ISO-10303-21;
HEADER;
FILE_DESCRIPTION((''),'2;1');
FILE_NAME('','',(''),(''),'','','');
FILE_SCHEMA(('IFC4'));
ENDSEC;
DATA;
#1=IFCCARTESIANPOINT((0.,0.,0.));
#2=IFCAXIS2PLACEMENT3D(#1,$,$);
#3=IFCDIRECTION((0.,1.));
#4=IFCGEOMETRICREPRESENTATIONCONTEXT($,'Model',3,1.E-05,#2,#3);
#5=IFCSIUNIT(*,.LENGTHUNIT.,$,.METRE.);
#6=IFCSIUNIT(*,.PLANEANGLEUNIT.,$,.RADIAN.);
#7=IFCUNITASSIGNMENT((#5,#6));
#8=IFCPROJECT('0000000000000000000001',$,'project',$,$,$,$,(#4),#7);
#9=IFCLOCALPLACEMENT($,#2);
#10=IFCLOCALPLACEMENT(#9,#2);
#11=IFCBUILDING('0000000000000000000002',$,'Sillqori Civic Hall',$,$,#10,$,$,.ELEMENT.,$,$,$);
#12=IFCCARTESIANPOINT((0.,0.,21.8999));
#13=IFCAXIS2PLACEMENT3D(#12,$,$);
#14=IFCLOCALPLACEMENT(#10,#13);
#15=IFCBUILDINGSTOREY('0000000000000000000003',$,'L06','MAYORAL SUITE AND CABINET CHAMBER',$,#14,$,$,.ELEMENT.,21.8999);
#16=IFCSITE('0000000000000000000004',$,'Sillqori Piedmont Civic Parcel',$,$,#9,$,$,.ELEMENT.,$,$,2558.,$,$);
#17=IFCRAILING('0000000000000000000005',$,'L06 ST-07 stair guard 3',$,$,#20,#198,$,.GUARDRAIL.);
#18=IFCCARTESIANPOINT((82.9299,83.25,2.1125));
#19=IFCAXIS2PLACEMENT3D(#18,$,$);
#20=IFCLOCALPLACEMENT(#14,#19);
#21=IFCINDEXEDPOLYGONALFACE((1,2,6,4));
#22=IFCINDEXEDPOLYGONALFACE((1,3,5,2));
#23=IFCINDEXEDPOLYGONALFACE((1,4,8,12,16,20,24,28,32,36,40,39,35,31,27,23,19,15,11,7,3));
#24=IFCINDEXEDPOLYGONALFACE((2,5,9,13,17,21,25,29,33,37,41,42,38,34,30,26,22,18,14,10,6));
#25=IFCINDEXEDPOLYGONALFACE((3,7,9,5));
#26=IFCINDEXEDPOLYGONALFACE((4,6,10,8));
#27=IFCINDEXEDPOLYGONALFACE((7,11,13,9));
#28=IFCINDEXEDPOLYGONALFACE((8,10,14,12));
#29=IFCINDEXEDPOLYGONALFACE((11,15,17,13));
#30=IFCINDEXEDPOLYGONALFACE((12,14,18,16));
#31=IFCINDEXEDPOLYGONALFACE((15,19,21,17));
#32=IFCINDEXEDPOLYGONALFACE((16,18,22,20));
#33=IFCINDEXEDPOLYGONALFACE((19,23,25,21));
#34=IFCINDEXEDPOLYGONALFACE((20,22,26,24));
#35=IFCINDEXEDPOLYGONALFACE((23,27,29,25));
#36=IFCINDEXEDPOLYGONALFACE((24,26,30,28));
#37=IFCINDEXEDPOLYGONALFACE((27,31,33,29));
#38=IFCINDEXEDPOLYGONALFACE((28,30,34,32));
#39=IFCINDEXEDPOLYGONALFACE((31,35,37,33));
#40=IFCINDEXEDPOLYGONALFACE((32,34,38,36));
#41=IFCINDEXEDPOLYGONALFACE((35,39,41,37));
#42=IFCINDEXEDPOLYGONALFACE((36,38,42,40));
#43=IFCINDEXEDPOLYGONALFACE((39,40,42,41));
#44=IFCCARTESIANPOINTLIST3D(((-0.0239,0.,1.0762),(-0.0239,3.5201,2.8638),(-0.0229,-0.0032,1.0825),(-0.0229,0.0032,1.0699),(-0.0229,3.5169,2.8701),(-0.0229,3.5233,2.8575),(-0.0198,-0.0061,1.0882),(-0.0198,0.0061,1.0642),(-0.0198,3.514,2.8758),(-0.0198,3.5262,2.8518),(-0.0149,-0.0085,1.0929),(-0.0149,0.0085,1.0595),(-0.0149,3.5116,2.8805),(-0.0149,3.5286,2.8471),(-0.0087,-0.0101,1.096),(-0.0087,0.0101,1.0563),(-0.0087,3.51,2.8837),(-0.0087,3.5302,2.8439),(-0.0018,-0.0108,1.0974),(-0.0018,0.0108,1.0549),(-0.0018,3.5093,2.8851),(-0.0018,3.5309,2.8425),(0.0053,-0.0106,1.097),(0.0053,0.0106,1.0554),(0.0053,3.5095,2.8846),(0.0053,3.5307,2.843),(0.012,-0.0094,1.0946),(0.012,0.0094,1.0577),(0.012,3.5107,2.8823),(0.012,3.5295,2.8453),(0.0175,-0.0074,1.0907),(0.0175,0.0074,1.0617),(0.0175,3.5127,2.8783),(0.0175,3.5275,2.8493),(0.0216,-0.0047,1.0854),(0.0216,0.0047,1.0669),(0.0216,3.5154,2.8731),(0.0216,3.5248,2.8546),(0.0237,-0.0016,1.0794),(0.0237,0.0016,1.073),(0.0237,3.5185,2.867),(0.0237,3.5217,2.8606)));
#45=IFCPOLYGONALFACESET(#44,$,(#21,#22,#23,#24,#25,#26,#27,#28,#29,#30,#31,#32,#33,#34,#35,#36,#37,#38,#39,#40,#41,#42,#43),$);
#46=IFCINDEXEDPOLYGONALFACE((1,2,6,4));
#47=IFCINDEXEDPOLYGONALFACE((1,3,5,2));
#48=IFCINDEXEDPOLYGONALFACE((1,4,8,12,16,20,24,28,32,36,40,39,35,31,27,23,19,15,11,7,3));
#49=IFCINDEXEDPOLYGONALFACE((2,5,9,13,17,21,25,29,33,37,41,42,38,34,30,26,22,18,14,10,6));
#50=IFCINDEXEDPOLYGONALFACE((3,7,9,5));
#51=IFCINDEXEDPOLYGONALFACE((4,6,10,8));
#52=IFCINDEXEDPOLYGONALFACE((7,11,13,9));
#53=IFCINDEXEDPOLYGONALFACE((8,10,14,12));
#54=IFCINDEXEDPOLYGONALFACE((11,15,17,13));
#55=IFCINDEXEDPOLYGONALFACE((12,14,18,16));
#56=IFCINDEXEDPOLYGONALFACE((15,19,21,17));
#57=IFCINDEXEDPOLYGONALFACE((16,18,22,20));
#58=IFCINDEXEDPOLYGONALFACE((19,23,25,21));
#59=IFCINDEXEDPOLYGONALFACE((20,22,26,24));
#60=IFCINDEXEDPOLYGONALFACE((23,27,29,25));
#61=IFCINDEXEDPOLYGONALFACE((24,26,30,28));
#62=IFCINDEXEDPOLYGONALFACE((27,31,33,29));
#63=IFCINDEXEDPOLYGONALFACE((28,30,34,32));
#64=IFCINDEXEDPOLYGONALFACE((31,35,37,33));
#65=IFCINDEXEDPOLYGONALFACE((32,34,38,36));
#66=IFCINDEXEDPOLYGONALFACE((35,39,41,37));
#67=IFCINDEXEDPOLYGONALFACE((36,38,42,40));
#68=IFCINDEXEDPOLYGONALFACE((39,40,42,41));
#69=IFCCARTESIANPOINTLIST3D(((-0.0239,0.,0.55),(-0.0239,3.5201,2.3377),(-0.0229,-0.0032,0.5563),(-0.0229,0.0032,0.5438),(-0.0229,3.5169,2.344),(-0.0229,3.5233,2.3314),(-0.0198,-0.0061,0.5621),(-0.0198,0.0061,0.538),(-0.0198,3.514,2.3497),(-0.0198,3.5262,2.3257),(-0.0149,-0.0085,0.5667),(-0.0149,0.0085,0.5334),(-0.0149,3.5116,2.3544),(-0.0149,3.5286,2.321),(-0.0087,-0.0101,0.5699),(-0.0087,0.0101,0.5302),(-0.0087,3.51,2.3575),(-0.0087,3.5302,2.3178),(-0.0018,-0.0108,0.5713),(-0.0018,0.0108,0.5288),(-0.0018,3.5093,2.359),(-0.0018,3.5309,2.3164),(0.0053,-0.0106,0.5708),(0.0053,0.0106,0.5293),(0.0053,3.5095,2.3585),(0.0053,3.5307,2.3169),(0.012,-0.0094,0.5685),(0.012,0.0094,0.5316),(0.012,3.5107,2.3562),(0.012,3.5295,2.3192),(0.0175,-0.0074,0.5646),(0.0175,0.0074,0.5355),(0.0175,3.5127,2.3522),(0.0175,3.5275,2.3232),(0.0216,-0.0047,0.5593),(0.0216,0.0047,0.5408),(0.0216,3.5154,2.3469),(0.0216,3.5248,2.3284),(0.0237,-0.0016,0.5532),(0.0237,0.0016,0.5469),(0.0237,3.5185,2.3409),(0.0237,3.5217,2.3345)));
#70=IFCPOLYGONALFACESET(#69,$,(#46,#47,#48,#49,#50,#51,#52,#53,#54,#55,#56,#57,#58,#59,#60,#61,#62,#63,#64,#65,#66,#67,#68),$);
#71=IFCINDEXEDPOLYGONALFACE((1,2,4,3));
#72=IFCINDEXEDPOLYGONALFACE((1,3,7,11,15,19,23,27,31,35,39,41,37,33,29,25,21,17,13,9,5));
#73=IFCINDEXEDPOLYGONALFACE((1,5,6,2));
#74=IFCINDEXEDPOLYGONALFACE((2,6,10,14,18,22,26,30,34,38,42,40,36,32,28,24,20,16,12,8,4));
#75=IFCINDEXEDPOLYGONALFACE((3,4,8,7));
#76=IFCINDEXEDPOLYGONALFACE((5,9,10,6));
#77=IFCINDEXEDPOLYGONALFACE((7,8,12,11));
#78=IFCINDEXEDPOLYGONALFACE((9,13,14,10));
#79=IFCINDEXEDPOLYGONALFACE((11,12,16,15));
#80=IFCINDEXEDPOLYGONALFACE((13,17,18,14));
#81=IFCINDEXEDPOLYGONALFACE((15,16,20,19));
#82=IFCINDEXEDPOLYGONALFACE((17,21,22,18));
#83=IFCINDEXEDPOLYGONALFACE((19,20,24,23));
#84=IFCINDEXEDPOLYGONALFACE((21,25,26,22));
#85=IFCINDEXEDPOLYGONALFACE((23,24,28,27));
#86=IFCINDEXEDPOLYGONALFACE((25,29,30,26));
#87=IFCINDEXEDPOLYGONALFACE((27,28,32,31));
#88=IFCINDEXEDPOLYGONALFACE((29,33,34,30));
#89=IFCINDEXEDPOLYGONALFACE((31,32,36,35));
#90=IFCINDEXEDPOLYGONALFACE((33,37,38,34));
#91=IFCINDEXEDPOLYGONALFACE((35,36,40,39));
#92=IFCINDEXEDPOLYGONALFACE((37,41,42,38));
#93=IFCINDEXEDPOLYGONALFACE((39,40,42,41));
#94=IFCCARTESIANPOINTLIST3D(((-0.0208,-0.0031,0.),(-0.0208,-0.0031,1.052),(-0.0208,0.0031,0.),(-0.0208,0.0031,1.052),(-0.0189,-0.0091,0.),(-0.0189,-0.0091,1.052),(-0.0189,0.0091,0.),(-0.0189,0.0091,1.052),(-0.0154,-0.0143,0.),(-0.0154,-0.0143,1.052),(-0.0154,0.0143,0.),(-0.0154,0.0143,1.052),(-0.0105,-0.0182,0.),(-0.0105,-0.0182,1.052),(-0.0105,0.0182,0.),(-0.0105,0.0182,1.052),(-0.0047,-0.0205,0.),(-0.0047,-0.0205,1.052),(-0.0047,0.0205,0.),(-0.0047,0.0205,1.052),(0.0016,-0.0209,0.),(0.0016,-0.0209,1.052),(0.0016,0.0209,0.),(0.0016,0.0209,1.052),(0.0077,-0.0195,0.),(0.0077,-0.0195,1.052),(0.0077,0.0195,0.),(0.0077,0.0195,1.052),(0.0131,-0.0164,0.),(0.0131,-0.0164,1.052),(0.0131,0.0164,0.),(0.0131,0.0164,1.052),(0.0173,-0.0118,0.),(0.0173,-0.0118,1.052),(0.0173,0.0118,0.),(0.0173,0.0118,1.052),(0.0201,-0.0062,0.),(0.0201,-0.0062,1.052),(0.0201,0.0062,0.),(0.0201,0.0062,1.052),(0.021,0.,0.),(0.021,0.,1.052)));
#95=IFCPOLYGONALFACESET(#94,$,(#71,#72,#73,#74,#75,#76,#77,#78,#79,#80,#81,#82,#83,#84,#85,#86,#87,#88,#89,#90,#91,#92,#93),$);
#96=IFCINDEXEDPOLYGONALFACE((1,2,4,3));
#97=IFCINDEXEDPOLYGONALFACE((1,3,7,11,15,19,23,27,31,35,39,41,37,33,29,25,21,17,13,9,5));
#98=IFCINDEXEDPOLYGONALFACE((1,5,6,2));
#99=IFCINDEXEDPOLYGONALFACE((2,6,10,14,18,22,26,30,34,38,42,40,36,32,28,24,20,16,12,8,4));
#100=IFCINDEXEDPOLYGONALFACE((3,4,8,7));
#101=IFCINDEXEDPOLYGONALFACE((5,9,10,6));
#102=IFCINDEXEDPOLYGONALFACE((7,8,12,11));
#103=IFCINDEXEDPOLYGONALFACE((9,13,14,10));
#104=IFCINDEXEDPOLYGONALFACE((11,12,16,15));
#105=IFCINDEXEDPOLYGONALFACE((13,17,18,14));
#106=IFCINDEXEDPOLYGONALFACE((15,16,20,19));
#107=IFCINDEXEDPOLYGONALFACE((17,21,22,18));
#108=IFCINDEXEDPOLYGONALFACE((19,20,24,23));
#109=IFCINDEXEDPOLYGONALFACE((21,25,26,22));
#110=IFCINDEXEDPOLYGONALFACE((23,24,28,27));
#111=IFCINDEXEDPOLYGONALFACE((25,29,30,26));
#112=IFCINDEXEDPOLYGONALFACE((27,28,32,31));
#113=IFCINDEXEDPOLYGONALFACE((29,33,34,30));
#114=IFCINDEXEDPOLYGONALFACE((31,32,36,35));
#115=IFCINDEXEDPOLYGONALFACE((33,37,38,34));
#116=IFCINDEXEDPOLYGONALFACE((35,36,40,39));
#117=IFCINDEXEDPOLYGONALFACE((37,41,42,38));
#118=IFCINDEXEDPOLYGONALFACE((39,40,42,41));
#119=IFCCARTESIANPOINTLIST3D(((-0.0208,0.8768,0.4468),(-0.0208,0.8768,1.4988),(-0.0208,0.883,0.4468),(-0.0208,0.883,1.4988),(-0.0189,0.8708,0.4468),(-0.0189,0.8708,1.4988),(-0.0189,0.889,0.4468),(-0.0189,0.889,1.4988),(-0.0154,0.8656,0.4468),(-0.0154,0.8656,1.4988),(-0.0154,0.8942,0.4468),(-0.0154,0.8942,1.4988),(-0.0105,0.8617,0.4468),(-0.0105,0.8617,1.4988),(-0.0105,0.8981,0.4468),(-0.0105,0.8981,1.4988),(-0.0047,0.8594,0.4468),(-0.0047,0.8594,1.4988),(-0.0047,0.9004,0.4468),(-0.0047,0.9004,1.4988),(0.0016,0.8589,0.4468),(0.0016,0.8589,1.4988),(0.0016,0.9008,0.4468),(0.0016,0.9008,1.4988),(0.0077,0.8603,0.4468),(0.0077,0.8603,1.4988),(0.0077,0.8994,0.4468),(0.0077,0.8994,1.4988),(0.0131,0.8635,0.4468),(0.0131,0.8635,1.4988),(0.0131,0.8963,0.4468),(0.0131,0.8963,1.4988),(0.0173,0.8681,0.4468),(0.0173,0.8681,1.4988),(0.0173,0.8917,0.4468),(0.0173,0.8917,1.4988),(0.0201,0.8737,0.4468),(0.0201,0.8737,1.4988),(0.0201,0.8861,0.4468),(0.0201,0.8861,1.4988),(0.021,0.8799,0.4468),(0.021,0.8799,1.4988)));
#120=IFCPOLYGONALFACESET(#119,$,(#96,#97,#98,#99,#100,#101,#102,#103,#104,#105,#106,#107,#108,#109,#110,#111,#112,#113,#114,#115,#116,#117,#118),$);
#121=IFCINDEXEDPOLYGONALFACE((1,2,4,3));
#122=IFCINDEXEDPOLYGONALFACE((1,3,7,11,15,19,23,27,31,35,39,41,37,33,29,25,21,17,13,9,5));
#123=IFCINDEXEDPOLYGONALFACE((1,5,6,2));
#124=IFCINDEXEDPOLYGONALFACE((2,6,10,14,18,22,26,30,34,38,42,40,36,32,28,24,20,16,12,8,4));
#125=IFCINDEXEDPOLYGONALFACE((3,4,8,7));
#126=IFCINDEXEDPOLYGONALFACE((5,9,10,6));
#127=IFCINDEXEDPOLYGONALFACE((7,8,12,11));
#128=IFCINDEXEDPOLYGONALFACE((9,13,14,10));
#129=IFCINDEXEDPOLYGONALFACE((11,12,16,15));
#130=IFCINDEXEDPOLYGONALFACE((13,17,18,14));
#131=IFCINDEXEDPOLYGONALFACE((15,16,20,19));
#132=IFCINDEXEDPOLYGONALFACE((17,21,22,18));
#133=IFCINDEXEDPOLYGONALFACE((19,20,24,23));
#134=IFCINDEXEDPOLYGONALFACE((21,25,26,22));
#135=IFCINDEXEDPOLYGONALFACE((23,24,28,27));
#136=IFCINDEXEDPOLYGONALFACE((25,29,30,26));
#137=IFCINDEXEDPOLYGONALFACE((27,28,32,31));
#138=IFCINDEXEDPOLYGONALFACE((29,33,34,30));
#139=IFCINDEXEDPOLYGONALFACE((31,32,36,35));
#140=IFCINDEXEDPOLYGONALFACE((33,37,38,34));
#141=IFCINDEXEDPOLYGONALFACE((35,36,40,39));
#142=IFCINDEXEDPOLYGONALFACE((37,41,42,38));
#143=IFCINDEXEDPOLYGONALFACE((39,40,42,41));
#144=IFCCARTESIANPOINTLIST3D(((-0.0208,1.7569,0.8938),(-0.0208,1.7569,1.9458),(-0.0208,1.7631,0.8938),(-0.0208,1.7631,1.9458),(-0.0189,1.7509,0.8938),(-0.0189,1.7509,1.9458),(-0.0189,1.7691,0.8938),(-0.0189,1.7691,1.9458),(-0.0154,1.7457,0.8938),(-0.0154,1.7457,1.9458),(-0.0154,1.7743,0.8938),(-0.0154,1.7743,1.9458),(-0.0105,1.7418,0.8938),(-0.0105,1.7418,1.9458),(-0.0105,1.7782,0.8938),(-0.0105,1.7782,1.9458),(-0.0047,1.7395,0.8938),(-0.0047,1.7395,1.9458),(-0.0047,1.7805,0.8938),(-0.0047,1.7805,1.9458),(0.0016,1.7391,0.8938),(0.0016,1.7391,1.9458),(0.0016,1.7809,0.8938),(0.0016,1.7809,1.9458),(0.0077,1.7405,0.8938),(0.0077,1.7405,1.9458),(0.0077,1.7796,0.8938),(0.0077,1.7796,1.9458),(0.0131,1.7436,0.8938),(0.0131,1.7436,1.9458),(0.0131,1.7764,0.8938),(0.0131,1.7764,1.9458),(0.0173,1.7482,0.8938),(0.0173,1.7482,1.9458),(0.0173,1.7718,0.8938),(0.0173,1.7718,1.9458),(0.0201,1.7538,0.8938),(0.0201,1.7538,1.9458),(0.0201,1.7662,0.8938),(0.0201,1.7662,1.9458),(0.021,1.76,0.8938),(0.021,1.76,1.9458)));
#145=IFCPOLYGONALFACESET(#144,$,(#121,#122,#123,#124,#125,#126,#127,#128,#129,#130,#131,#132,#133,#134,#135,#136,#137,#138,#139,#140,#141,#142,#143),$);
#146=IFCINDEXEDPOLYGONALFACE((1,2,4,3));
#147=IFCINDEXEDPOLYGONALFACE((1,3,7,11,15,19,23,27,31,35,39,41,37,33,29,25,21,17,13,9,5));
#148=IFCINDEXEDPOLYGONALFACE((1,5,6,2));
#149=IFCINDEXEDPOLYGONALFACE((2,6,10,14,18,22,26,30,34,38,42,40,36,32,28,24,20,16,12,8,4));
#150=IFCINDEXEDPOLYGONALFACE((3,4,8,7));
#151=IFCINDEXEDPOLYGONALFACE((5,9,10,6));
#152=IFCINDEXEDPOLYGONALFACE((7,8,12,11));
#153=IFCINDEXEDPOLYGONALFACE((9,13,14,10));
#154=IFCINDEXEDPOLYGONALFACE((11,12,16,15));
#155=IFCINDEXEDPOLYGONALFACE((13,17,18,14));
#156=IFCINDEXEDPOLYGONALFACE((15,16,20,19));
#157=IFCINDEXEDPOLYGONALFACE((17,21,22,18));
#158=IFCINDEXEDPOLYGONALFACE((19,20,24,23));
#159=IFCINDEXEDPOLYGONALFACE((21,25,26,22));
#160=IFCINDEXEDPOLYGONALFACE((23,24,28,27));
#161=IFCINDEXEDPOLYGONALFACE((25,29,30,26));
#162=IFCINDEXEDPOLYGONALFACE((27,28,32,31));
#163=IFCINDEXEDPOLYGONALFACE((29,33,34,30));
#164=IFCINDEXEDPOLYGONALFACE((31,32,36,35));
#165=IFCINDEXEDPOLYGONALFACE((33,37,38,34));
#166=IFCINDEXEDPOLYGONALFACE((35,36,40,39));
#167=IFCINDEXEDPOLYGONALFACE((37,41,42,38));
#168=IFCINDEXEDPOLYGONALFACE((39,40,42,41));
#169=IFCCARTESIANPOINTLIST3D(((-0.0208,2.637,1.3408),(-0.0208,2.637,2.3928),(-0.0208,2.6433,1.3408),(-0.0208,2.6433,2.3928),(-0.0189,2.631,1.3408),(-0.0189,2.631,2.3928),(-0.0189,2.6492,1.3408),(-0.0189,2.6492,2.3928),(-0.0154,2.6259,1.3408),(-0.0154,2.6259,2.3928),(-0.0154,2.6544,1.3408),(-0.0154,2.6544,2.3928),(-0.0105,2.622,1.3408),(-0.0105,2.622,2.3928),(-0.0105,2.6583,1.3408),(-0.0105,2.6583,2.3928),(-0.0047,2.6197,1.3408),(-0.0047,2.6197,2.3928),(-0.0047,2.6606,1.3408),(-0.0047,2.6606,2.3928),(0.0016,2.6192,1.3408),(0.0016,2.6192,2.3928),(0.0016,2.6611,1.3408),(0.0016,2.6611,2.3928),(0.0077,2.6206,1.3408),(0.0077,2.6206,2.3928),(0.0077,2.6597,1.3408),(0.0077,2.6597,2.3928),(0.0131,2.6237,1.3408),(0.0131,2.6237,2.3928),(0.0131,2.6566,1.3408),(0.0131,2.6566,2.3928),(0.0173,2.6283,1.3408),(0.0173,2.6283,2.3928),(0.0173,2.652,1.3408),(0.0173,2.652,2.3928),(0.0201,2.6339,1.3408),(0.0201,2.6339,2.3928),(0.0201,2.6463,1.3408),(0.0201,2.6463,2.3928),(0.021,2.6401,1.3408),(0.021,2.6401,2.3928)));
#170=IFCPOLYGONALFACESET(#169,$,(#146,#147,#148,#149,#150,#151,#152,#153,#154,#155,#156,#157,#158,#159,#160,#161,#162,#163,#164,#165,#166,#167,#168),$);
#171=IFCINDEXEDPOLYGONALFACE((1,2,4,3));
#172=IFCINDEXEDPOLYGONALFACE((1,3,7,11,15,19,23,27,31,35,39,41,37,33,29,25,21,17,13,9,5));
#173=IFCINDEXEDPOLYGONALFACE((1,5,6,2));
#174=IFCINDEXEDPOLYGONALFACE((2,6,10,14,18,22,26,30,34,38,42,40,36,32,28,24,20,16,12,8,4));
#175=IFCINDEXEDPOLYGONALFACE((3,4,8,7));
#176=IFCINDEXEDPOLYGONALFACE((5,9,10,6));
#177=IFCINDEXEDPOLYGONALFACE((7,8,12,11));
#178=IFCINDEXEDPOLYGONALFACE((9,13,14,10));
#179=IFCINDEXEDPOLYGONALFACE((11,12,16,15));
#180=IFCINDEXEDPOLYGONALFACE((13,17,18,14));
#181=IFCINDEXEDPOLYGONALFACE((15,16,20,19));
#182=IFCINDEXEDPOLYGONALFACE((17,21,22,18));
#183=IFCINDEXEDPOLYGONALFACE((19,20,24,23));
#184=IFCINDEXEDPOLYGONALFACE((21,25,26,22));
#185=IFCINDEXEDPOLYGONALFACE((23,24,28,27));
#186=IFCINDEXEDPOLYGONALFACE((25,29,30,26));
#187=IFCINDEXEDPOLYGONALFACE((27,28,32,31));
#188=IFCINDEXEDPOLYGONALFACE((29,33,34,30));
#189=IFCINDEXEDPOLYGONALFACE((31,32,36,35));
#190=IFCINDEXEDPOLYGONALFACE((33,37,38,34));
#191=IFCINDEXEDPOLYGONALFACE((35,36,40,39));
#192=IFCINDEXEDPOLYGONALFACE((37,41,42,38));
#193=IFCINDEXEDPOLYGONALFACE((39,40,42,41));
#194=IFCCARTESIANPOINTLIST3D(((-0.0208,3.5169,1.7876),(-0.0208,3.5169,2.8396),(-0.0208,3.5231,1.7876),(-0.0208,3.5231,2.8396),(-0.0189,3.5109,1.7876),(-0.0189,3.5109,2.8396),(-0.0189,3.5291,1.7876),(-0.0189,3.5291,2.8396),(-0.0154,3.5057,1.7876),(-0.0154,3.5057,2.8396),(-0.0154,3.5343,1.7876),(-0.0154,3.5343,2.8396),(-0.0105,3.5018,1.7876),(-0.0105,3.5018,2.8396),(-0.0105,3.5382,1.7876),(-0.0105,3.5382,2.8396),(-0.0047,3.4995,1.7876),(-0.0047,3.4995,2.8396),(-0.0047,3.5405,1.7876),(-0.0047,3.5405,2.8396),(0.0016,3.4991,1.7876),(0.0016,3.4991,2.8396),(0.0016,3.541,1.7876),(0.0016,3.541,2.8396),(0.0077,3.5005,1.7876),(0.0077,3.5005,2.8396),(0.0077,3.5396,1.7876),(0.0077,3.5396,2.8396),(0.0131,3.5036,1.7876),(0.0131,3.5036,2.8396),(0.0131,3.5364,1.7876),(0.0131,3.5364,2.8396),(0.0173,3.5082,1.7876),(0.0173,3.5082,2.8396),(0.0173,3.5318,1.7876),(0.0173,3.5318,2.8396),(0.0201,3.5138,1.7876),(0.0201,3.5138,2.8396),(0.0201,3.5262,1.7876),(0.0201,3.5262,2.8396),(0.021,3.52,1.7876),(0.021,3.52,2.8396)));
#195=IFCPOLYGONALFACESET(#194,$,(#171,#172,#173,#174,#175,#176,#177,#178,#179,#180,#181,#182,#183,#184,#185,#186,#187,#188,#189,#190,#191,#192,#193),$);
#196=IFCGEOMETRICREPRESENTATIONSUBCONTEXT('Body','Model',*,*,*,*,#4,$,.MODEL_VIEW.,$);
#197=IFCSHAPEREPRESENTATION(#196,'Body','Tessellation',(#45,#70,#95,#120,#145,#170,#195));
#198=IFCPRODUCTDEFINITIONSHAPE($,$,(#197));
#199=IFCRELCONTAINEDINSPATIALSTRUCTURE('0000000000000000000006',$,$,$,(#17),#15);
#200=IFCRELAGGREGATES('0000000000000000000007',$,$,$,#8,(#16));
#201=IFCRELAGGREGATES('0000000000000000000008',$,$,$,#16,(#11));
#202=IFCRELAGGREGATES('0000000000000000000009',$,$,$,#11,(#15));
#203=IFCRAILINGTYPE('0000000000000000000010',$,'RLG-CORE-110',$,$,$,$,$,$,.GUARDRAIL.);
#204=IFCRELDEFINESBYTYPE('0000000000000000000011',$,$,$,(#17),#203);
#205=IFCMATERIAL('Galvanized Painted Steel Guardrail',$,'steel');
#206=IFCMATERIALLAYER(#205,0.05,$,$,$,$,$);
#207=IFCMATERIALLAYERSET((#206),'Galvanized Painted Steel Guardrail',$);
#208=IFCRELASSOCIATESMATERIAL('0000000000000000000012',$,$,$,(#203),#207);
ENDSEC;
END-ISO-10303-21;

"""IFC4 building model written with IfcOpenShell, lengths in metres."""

from ifc_helpers import new_model, si_unit, direction, frame, origin, origin_2d, place, context, subcontext, project, spatial, circle, extrude, material, layer, layer_set, type_object, element, save


model = new_model("IFC4")

# Units and contexts
model_context = context("Model", 3, precision=1e-05, world=origin(), true_north=direction((0.0, 1.0)))
body_context = subcontext(model_context, "Body", "Model", "MODEL_VIEW")
ifc_project = project(units=[si_unit("LENGTHUNIT", "METRE"), si_unit("PLANEANGLEUNIT", "RADIAN")], contexts=[model_context])

# Site, building, storey
site_placement = place(None, origin())
site = spatial("IfcSite", under=ifc_project, at=site_placement, Name="Sillqori Piedmont Civic Parcel", CompositionType="ELEMENT", RefElevation=2558.0)
building_placement = place(site_placement, origin())
building = spatial("IfcBuilding", under=site, at=building_placement, Name="Sillqori Civic Hall", CompositionType="ELEMENT")
storey_placement = place(building_placement, frame((0.0, 0.0, 21.8999)))
storey = spatial("IfcBuildingStorey", under=building, at=storey_placement, Name="L06", Description="MAYORAL SUITE AND CABINET CHAMBER", CompositionType="ELEMENT", Elevation=21.8999)

# Railing
ifc_material_1 = material(Name="Galvanized Painted Steel Guardrail", Category="steel")
ifc_layer_1 = layer(ifc_material_1, 0.05)
ifc_layer_set_1 = layer_set([ifc_layer_1], Name="Galvanized Painted Steel Guardrail")
railing_type_1 = type_object("IfcRailingType", Name="RLG-CORE-110", PredefinedType="GUARDRAIL", material=ifc_layer_set_1)
railing_1_placement = place(storey_placement, frame((82.9299, 83.25, 2.1125)))
element("IfcRailing", 1, at=railing_1_placement, inside=storey, type_object=railing_type_1, Name="L06 ST-07 stair guard 3", PredefinedType="GUARDRAIL", context=body_context, shape_type="SweptSolid", body=[
    extrude(circle(Radius=0.0239, at=origin_2d()), frame((0.0, 0.0, 1.0762), z_axis=(0.0, 0.891615, 0.452795), x_axis=(-1.0, 0.0, 0.0)), (0.0, 0.0, 1.0), 3.948),
    extrude(circle(Radius=0.0239, at=origin_2d()), frame((0.0, 0.0, 0.55), z_axis=(0.0, 0.891615, 0.452795), x_axis=(-1.0, 0.0, 0.0)), (0.0, 0.0, 1.0), 3.948),
    extrude(circle(Radius=0.021, at=origin_2d()), origin(), (0.0, 0.0, 1.0), 1.052),
    extrude(circle(Radius=0.021, at=origin_2d()), frame((0.0, 0.8799, 0.4468)), (0.0, 0.0, 1.0), 1.052),
    extrude(circle(Radius=0.021, at=origin_2d()), frame((0.0, 1.76, 0.8938)), (0.0, 0.0, 1.0), 1.052),
    extrude(circle(Radius=0.021, at=origin_2d()), frame((0.0, 2.6401, 1.3408)), (0.0, 0.0, 1.0), 1.052),
    extrude(circle(Radius=0.021, at=origin_2d()), frame((0.0, 3.52, 1.7876)), (0.0, 0.0, 1.0), 1.052),
])

save(model, "model.ifc")
